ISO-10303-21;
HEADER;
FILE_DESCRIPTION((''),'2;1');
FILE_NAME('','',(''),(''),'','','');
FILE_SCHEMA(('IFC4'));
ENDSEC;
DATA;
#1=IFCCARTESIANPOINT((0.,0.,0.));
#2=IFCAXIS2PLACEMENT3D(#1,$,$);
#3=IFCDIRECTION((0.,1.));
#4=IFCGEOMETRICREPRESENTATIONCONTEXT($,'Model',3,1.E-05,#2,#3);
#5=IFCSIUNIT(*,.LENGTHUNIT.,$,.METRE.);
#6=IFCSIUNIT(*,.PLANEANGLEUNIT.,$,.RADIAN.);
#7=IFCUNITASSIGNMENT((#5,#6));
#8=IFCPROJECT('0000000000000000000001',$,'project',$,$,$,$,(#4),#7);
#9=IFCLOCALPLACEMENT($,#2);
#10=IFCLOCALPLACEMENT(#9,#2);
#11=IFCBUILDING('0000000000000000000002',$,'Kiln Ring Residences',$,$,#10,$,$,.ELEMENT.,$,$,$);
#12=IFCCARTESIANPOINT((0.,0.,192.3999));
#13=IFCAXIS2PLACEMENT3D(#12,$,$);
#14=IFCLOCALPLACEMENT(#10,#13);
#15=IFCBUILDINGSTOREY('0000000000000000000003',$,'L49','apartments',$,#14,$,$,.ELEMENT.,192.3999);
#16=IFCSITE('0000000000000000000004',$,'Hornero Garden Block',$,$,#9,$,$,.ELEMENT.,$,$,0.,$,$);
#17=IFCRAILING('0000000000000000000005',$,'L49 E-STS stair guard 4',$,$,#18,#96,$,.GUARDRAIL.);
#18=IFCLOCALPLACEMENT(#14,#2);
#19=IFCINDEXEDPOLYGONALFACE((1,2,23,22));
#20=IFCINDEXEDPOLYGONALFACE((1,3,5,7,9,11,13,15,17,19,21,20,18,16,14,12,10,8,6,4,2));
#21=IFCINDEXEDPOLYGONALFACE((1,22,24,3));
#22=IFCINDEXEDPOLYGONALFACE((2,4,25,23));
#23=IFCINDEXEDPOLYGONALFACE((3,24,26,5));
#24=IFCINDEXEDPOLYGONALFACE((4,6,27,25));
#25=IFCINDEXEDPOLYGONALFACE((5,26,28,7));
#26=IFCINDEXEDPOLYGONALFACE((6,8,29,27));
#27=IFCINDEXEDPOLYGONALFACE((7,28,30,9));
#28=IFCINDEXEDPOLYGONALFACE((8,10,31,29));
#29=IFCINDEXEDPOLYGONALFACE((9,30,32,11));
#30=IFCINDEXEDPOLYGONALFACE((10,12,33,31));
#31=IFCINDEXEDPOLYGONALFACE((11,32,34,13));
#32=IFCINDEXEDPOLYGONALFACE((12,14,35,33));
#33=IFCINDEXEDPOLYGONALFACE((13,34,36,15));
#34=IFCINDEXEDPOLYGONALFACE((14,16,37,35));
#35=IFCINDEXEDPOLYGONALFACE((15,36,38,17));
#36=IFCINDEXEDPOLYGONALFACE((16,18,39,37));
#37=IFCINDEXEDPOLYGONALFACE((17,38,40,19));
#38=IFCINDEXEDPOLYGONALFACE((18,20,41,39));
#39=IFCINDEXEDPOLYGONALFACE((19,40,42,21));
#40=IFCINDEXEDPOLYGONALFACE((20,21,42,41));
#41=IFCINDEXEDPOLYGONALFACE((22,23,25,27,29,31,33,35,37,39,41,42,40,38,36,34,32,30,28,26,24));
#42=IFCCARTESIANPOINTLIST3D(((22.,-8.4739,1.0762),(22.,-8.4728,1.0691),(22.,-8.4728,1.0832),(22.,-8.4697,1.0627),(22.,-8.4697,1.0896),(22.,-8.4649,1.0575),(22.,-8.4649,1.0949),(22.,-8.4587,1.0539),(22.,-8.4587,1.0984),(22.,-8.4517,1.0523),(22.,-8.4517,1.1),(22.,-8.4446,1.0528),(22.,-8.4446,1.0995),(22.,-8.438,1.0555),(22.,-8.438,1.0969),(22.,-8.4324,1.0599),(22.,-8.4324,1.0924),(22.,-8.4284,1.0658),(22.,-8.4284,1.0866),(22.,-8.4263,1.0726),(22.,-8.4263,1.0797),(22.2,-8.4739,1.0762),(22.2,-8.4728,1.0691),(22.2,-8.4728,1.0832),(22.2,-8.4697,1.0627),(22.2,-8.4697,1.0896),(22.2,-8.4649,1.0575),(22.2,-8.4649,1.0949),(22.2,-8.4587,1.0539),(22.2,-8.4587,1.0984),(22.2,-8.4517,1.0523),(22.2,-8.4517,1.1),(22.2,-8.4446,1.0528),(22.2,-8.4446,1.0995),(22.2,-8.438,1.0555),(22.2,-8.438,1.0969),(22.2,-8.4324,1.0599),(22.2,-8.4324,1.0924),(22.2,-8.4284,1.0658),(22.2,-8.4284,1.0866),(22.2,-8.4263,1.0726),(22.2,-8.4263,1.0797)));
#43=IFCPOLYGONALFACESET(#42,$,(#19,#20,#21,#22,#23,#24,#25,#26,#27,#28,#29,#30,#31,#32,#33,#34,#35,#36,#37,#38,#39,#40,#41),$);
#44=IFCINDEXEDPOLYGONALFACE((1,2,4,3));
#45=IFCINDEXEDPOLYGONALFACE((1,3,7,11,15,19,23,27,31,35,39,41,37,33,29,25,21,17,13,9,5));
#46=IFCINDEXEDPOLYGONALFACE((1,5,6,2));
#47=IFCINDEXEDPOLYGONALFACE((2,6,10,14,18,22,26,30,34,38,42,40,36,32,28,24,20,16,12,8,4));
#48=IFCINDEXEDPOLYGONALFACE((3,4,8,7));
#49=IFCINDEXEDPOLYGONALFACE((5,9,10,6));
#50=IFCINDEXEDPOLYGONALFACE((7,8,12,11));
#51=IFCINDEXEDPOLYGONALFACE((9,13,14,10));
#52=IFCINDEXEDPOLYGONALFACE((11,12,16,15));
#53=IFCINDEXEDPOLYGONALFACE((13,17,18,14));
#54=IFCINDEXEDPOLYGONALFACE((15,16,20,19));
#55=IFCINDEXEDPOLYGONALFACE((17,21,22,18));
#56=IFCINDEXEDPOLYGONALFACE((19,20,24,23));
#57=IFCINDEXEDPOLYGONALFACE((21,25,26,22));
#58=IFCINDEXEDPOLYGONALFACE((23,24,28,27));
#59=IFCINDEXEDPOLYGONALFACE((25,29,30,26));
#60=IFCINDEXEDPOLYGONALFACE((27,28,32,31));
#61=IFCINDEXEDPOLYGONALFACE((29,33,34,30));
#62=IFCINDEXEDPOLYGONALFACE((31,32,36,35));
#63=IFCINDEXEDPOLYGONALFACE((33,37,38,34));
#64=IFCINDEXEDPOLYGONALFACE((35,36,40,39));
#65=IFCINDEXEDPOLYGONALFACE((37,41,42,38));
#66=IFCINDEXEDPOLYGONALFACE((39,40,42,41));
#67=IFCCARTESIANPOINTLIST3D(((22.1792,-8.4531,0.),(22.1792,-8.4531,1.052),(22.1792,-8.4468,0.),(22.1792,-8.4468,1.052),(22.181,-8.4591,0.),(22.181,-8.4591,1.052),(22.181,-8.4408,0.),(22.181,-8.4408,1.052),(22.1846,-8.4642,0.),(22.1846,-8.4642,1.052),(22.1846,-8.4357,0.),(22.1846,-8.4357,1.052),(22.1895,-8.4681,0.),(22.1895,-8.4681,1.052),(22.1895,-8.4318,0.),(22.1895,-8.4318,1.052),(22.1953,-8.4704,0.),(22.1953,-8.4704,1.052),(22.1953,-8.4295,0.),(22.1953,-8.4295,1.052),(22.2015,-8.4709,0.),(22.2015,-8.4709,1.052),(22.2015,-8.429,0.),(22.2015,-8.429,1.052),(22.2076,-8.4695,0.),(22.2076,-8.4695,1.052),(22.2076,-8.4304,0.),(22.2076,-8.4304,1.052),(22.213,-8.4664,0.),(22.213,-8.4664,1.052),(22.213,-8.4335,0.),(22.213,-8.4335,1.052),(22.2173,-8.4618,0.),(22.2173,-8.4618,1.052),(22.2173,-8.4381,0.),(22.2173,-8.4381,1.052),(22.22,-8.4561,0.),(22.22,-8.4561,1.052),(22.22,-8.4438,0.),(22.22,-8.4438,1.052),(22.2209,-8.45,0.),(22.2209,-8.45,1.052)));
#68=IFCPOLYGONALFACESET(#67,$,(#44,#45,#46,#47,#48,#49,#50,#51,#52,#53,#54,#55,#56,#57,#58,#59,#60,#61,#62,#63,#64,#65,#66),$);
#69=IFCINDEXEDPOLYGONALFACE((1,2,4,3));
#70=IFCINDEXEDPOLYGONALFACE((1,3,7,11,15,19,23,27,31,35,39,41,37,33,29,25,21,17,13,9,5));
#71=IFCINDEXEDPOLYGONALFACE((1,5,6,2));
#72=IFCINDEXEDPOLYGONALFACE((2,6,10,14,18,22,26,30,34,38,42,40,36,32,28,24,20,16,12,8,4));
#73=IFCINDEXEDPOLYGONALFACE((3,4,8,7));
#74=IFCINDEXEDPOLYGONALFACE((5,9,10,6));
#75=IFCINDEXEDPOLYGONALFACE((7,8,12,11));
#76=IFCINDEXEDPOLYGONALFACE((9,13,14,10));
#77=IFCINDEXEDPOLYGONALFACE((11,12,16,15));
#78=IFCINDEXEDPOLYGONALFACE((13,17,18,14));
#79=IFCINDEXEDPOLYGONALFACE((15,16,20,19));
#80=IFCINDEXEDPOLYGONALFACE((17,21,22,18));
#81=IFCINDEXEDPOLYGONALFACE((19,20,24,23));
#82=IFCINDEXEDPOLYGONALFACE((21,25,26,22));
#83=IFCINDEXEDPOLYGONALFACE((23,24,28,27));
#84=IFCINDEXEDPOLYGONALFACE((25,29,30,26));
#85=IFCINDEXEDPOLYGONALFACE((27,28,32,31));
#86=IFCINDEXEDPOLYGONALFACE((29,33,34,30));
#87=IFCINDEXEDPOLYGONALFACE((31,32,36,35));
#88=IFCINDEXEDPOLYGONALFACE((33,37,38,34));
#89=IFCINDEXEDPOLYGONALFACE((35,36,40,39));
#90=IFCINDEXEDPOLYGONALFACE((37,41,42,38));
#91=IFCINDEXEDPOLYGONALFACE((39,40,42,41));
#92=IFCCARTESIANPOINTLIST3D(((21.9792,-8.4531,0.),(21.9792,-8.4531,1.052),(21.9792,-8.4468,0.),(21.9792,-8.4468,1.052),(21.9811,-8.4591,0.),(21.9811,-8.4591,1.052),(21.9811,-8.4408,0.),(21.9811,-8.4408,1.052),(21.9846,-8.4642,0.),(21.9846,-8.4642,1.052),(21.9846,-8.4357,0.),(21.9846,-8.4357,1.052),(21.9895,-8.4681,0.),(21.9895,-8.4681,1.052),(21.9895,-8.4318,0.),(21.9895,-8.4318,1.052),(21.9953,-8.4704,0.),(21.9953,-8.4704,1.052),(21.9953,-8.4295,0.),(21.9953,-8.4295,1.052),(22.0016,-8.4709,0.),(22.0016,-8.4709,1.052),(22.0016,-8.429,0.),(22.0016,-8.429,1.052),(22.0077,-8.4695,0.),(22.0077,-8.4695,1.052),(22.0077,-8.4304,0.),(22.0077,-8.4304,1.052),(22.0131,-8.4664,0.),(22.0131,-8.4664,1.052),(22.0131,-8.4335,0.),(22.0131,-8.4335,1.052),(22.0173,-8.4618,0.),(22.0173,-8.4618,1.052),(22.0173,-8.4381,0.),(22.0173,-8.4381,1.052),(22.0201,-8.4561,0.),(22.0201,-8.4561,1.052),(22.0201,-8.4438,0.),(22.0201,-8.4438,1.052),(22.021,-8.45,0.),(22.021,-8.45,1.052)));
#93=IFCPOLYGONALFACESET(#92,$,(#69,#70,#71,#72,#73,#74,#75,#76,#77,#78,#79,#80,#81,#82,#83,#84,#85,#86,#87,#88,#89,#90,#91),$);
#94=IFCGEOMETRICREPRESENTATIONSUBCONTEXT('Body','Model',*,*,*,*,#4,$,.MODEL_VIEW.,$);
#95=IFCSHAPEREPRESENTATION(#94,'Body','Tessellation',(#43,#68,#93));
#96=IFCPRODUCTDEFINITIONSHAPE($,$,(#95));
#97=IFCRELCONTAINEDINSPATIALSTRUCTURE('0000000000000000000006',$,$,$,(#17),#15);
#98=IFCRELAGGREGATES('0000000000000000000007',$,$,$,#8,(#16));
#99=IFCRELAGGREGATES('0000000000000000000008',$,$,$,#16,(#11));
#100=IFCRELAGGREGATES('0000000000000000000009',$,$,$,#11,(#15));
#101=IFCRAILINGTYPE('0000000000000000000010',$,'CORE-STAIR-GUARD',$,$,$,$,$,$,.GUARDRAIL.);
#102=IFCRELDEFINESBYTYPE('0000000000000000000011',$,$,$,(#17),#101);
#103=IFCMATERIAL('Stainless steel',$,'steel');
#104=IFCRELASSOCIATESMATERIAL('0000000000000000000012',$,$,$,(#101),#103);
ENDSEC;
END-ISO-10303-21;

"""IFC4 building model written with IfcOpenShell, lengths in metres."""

from ifc_helpers import new_model, si_unit, direction, frame, origin, origin_2d, place, context, subcontext, project, spatial, circle, extrude, material, type_object, element, save


model = new_model("IFC4")

# Units and contexts
model_context = context("Model", 3, precision=1e-05, world=origin(), true_north=direction((0.0, 1.0)))
body_context = subcontext(model_context, "Body", "Model", "MODEL_VIEW")
ifc_project = project(units=[si_unit("LENGTHUNIT", "METRE"), si_unit("PLANEANGLEUNIT", "RADIAN")], contexts=[model_context])

# Site, building, storey
site_placement = place(None, origin())
site = spatial("IfcSite", under=ifc_project, at=site_placement, Name="Hornero Garden Block", CompositionType="ELEMENT", RefElevation=0.0)
building_placement = place(site_placement, origin())
building = spatial("IfcBuilding", under=site, at=building_placement, Name="Kiln Ring Residences", CompositionType="ELEMENT")
storey_placement = place(building_placement, frame((0.0, 0.0, 192.3999)))
storey = spatial("IfcBuildingStorey", under=building, at=storey_placement, Name="L49", Description="apartments", CompositionType="ELEMENT", Elevation=192.3999)

# Railing
ifc_material_1 = material(Name="Stainless steel", Category="steel")
railing_type_1 = type_object("IfcRailingType", Name="CORE-STAIR-GUARD", PredefinedType="GUARDRAIL", material=ifc_material_1)
railing_1_placement = place(storey_placement, frame((22.2, -8.45, 0.0)))
element("IfcRailing", 1, at=railing_1_placement, inside=storey, type_object=railing_type_1, Name="L49 E-STS stair guard 4", PredefinedType="GUARDRAIL", context=body_context, shape_type="SweptSolid", body=[
    extrude(circle(Radius=0.0239, at=origin_2d()), frame((0.0, 0.0, 1.0762), z_axis=(-1.0, 0.0, 0.0), x_axis=(0.0, -1.0, 0.0)), (0.0, 0.0, 1.0), 0.2),
    extrude(circle(Radius=0.021, at=origin_2d()), origin(), (0.0, 0.0, 1.0), 1.052),
    extrude(circle(Radius=0.021, at=origin_2d()), frame((-0.2, 0.0, 0.0)), (0.0, 0.0, 1.0), 1.052),
])

save(model, "model.ifc")
